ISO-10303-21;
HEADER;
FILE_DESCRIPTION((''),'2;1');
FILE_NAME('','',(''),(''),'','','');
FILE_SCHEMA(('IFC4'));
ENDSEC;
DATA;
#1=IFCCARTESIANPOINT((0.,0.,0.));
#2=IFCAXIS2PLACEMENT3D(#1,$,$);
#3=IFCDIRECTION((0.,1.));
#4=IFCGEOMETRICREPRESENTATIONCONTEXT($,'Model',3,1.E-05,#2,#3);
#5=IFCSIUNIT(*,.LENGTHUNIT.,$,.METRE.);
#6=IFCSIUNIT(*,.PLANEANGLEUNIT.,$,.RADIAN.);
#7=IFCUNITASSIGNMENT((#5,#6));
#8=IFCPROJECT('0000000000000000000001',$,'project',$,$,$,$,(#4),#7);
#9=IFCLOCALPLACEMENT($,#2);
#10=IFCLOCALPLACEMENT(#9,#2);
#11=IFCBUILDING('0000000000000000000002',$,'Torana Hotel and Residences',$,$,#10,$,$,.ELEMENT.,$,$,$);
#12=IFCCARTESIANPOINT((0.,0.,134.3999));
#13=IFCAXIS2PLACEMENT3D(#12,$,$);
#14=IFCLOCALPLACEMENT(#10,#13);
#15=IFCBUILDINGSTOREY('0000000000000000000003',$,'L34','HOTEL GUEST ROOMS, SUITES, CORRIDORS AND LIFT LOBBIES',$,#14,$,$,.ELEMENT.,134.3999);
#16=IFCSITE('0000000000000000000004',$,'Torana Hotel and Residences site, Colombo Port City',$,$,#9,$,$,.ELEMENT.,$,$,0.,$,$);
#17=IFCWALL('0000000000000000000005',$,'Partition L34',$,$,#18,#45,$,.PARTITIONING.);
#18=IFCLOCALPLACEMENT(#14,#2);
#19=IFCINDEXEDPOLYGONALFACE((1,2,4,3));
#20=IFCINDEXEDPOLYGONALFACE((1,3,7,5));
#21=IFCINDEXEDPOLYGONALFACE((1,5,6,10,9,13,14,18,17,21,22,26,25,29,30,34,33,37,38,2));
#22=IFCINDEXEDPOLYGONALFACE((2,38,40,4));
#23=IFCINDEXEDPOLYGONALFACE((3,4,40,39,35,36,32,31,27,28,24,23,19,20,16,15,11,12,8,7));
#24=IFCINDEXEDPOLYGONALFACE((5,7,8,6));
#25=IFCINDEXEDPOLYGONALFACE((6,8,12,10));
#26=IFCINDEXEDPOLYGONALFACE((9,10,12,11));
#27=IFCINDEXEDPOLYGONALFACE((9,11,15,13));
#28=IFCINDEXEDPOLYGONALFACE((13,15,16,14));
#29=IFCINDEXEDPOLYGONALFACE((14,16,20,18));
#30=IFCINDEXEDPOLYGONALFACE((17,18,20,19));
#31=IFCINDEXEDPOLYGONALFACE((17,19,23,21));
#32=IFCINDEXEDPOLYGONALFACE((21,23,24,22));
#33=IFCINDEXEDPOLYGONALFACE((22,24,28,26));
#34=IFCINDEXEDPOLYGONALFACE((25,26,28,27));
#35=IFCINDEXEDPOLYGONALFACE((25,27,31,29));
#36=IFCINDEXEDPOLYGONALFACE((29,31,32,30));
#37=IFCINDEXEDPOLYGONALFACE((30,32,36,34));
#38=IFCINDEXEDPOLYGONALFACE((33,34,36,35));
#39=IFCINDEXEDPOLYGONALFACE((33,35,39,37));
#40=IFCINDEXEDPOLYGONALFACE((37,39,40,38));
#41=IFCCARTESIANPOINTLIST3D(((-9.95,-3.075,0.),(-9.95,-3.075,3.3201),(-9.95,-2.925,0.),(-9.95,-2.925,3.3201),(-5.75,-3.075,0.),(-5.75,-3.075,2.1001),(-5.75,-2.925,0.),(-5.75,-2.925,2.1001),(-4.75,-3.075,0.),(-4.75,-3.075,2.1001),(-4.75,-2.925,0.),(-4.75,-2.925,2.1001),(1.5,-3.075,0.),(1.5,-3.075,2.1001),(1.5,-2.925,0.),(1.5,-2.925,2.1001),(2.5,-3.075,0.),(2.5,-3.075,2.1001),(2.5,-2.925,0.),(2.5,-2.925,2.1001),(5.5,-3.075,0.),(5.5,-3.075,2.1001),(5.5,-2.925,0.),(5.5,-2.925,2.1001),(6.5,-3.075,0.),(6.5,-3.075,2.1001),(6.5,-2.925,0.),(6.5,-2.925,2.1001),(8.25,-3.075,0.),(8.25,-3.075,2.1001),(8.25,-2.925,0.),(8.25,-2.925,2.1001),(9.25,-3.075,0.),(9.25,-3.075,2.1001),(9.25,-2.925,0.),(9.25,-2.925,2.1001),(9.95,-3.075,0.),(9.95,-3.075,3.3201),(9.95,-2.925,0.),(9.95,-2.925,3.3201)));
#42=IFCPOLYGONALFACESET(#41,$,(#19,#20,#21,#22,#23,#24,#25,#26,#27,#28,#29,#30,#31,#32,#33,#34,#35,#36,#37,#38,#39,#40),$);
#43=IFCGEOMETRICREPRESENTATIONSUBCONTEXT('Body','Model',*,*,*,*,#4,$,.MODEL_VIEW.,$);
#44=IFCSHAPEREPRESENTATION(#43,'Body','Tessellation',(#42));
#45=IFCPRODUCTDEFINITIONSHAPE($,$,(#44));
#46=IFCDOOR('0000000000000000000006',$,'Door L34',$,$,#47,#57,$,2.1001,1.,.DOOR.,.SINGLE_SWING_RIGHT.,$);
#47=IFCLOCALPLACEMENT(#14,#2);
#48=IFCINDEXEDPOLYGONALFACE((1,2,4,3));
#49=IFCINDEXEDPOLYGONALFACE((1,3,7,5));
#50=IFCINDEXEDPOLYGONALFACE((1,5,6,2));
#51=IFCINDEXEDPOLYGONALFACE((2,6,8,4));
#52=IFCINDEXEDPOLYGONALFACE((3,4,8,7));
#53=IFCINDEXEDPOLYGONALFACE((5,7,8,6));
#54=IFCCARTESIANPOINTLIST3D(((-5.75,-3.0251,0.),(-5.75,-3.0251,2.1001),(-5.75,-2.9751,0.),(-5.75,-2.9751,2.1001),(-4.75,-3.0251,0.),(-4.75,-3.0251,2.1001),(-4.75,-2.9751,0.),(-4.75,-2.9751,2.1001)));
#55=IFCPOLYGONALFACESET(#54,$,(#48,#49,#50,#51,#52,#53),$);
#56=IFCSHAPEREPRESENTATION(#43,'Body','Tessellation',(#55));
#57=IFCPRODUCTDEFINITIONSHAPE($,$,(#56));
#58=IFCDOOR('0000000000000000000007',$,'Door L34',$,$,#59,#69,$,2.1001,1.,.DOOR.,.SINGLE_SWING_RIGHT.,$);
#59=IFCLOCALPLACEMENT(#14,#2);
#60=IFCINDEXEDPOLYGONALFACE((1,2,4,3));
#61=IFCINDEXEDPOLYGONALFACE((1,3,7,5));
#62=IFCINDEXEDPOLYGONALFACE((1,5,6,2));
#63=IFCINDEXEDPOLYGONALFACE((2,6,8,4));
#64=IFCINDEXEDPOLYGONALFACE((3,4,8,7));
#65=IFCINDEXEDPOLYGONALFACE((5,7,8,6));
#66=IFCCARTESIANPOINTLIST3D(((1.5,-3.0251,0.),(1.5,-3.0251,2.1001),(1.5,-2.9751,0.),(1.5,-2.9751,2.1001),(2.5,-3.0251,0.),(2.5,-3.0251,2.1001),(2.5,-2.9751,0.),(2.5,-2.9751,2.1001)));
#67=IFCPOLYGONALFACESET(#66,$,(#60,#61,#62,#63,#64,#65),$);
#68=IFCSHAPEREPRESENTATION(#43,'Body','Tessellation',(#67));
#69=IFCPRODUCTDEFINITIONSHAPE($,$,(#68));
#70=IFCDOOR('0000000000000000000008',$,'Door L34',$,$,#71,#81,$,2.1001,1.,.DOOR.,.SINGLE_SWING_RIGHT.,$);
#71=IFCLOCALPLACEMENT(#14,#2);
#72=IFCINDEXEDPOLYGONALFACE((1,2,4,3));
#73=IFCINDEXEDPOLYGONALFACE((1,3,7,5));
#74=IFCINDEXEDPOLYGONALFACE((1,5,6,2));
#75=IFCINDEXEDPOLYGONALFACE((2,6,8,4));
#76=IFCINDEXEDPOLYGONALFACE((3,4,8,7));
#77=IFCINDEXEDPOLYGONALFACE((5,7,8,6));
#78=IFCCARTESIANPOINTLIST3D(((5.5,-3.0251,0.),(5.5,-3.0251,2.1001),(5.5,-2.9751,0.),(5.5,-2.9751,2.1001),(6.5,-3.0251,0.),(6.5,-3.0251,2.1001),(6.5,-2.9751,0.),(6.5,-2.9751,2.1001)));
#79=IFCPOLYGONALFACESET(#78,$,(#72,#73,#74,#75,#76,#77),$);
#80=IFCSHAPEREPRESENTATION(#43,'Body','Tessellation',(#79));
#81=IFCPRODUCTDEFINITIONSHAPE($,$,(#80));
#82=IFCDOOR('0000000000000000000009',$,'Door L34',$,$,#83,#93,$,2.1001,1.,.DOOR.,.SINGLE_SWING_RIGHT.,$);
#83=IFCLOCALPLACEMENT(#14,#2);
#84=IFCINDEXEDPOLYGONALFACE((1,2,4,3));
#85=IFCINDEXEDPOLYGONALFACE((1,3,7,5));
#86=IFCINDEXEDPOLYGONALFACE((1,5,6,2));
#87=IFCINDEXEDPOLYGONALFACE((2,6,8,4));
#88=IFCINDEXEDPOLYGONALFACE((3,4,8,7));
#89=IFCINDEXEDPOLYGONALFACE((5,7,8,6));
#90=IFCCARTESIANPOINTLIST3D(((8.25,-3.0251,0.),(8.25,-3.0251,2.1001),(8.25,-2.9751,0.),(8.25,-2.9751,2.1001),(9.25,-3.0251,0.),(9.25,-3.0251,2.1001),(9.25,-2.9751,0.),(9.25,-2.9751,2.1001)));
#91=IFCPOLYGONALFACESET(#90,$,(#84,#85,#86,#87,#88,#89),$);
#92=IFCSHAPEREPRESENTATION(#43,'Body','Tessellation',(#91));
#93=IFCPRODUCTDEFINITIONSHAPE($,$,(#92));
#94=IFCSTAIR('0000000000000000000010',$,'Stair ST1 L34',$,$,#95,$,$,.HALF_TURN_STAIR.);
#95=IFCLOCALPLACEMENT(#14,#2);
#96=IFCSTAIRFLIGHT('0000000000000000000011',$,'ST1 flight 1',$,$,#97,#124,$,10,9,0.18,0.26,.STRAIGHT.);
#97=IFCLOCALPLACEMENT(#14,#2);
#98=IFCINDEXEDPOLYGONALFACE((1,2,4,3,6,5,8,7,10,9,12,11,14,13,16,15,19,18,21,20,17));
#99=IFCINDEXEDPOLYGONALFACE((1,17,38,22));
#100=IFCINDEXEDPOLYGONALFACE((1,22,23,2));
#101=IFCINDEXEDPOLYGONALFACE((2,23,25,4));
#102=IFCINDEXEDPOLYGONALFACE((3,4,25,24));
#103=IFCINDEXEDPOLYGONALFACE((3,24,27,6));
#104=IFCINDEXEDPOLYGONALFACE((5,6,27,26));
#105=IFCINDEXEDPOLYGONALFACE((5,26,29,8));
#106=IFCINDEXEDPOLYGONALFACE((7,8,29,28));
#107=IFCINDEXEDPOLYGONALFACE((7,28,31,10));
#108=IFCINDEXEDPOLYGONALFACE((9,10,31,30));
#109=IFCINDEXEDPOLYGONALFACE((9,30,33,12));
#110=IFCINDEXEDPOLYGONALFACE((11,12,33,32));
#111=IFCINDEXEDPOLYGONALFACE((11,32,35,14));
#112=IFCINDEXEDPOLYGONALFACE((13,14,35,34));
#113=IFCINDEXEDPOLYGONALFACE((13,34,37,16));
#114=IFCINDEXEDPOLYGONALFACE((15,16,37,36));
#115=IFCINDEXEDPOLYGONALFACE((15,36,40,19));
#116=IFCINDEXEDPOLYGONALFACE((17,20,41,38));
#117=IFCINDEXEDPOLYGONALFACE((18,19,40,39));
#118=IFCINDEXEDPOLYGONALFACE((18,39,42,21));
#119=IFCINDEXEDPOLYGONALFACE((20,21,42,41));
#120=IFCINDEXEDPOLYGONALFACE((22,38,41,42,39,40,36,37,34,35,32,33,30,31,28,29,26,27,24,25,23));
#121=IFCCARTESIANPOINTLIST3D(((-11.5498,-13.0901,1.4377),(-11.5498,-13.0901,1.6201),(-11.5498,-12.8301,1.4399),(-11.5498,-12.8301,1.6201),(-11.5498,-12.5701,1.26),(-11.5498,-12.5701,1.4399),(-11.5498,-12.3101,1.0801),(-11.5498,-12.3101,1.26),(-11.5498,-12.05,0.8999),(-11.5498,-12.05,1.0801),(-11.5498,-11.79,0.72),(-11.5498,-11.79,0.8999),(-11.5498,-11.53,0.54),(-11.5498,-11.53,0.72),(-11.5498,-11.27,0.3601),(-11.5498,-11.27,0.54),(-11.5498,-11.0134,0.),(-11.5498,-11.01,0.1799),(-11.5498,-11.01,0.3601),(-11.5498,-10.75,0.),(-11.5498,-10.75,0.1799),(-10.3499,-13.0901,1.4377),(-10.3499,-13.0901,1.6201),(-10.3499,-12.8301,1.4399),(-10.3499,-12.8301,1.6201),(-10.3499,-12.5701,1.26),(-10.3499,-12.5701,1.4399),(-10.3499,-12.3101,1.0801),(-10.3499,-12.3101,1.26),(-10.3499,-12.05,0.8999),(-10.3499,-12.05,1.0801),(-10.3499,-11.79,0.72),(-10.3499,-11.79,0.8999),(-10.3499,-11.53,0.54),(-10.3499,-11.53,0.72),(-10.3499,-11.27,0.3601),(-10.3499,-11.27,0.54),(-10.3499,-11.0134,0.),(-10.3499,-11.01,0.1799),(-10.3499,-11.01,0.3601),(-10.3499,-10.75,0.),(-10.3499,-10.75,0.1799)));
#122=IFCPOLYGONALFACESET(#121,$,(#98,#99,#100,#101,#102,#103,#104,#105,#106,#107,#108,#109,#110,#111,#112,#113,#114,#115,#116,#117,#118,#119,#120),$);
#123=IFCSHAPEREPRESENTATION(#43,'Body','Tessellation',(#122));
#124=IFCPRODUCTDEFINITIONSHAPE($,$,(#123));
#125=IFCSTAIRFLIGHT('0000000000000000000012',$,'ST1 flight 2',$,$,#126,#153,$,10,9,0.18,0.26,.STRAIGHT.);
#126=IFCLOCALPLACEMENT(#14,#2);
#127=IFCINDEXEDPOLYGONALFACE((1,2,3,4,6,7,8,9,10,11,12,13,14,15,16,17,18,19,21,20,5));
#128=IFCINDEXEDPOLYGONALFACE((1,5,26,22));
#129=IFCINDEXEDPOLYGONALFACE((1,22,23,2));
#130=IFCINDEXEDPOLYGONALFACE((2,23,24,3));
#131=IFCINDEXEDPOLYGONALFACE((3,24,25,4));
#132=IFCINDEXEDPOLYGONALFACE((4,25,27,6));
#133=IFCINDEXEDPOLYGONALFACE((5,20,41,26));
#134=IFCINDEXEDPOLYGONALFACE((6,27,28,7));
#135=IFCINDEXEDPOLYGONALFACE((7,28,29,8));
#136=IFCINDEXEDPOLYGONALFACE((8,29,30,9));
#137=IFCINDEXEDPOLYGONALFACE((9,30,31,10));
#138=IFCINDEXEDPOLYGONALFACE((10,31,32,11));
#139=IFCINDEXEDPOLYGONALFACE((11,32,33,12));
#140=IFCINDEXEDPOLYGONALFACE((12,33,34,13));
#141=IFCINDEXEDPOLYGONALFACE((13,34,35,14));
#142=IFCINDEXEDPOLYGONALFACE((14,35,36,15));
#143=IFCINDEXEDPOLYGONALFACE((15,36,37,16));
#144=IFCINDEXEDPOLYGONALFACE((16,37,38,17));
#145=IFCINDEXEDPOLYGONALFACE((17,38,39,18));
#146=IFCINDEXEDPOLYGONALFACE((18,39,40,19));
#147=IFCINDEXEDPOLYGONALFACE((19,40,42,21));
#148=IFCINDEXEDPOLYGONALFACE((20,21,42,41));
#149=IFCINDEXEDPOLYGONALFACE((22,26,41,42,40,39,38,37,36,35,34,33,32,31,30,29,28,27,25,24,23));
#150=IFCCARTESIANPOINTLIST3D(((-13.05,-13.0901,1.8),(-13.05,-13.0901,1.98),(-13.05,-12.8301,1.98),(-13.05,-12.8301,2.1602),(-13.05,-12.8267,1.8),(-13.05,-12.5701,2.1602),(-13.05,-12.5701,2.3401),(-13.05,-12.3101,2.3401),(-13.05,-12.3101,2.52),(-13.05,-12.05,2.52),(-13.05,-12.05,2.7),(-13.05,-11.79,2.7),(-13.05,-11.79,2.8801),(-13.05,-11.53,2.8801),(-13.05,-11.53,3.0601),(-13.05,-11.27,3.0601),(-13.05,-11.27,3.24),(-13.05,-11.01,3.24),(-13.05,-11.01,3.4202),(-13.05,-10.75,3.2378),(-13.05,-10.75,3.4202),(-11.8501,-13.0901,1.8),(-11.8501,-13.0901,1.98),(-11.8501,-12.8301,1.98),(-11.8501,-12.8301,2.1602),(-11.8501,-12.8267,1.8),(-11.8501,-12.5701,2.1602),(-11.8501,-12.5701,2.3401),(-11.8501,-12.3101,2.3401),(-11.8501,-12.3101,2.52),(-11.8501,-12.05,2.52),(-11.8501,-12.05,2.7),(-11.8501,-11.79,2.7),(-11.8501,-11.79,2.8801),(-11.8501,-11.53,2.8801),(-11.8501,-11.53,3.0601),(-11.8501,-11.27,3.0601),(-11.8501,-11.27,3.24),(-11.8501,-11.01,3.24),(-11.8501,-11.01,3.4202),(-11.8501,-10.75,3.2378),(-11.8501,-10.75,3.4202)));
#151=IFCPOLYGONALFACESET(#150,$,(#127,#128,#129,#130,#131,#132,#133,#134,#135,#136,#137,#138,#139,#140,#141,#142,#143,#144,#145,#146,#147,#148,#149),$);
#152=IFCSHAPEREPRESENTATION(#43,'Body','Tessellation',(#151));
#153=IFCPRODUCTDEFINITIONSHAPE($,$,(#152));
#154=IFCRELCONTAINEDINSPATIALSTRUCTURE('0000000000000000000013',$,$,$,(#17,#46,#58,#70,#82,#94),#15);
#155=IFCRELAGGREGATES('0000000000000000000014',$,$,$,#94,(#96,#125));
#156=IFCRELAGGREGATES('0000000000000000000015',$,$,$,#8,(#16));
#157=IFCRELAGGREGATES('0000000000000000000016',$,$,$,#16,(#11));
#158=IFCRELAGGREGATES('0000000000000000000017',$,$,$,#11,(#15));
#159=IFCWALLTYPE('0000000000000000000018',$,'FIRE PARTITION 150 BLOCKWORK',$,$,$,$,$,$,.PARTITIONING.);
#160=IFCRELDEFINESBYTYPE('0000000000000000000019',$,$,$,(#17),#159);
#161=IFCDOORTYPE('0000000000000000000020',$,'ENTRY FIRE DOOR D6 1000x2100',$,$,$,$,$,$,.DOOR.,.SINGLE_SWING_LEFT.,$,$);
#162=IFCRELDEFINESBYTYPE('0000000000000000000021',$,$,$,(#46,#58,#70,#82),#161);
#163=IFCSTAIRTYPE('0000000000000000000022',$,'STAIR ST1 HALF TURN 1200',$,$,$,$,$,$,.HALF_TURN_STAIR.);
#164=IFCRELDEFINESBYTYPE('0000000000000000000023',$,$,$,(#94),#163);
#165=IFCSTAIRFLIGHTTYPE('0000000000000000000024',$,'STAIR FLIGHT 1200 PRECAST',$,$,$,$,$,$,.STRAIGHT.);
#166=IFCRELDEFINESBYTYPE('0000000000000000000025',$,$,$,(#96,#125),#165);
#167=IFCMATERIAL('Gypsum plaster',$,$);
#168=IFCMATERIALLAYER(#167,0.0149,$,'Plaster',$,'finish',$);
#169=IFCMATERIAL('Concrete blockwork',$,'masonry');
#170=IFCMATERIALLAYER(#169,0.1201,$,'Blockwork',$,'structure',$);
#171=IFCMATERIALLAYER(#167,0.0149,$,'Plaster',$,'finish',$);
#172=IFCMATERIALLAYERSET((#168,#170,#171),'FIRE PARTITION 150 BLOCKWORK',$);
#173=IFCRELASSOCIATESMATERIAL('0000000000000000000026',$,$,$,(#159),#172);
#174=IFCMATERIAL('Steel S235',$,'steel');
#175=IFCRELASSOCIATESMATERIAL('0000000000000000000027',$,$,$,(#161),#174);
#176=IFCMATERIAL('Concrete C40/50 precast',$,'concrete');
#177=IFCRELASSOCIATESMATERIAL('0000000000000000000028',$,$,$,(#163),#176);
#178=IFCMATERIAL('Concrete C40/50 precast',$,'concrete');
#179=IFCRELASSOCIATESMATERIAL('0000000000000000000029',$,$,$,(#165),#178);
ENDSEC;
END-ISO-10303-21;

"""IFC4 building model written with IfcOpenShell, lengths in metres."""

from ifc_helpers import new_model, si_unit, direction, frame, frame_2d, origin, place, context, subcontext, project, spatial, polyline, rectangle, outline, extrude, material, layer, layer_set, type_object, element, fill, aggregate, save


model = new_model("IFC4")

# Units and contexts
model_context = context("Model", 3, precision=1e-05, world=origin(), true_north=direction((0.0, 1.0)))
body_context = subcontext(model_context, "Body", "Model", "MODEL_VIEW")
ifc_project = project(units=[si_unit("LENGTHUNIT", "METRE"), si_unit("PLANEANGLEUNIT", "RADIAN")], contexts=[model_context])

# Site, building, storey
site_placement = place(None, origin())
site = spatial("IfcSite", under=ifc_project, at=site_placement, Name="Torana Hotel and Residences site, Colombo Port City", CompositionType="ELEMENT", RefElevation=0.0)
building_placement = place(site_placement, origin())
building = spatial("IfcBuilding", under=site, at=building_placement, Name="Torana Hotel and Residences", CompositionType="ELEMENT")
storey_placement = place(building_placement, frame((0.0, 0.0, 134.3999)))
storey = spatial("IfcBuildingStorey", under=building, at=storey_placement, Name="L34", Description="HOTEL GUEST ROOMS, SUITES, CORRIDORS AND LIFT LOBBIES", CompositionType="ELEMENT", Elevation=134.3999)

# Shared definitions
ifc_material_1 = material(Name="Gypsum plaster")
ifc_layer_1 = layer(ifc_material_1, 0.0149, Name="Plaster", Category="finish")
ifc_material_2 = material(Name="Concrete blockwork", Category="masonry")
ifc_layer_2 = layer(ifc_material_2, 0.1201, Name="Blockwork", Category="structure")
ifc_layer_3 = layer(ifc_material_1, 0.0149, Name="Plaster", Category="finish")
ifc_layer_set_1 = layer_set([ifc_layer_1, ifc_layer_2, ifc_layer_3], Name="FIRE PARTITION 150 BLOCKWORK")
wall_type_1 = type_object("IfcWallType", Name="FIRE PARTITION 150 BLOCKWORK", PredefinedType="PARTITIONING", material=ifc_layer_set_1)

# Wall, openings, doors
ifc_material_3 = material(Name="Steel S235", Category="steel")
door_type_1 = type_object("IfcDoorType", Name="ENTRY FIRE DOOR D6 1000x2100", OperationType="SINGLE_SWING_LEFT", PredefinedType="DOOR", material=ifc_material_3)
wall_1_placement = place(storey_placement, frame((-9.95, -3.0, 0.0), z_axis=(0.0, 0.0, 1.0), x_axis=(1.0, 0.0, 0.0)))
wall_1 = element("IfcWall", 1, at=wall_1_placement, inside=storey, type_object=wall_type_1, Name="Partition L34", PredefinedType="PARTITIONING", context=body_context, shape_type="SweptSolid", body=[
    extrude(rectangle(XDim=19.8999, YDim=0.1499, at=frame_2d((9.95, 0.0))), origin(), (0.0, 0.0, 1.0), 3.3201),
])
opening_1_placement = place(wall_1_placement, frame((4.2, 0.0, 0.0)))
opening_1 = element("IfcOpeningElement", 2, at=opening_1_placement, cuts=wall_1, PredefinedType="OPENING", context=body_context, shape_type="SweptSolid", body=[
    extrude(rectangle(XDim=1.0, YDim=2.1001, at=frame_2d((0.5, 1.05))), frame((0.0, 0.085, 0.0), z_axis=(0.0, -1.0, 0.0), x_axis=(1.0, 0.0, 0.0)), (0.0, 0.0, 1.0), 0.1699),
])
opening_2_placement = place(wall_1_placement, frame((11.45, 0.0, 0.0)))
opening_2 = element("IfcOpeningElement", 3, at=opening_2_placement, cuts=wall_1, PredefinedType="OPENING", context=body_context, shape_type="SweptSolid", body=[
    extrude(rectangle(XDim=1.0, YDim=2.1001, at=frame_2d((0.5, 1.05))), frame((0.0, 0.085, 0.0), z_axis=(0.0, -1.0, 0.0), x_axis=(1.0, 0.0, 0.0)), (0.0, 0.0, 1.0), 0.1699),
])
opening_3_placement = place(wall_1_placement, frame((15.45, 0.0, 0.0)))
opening_3 = element("IfcOpeningElement", 4, at=opening_3_placement, cuts=wall_1, PredefinedType="OPENING", context=body_context, shape_type="SweptSolid", body=[
    extrude(rectangle(XDim=1.0, YDim=2.1001, at=frame_2d((0.5, 1.05))), frame((0.0, 0.085, 0.0), z_axis=(0.0, -1.0, 0.0), x_axis=(1.0, 0.0, 0.0)), (0.0, 0.0, 1.0), 0.1699),
])
opening_4_placement = place(wall_1_placement, frame((18.2, 0.0, 0.0)))
opening_4 = element("IfcOpeningElement", 5, at=opening_4_placement, cuts=wall_1, PredefinedType="OPENING", context=body_context, shape_type="SweptSolid", body=[
    extrude(rectangle(XDim=1.0, YDim=2.1001, at=frame_2d((0.5, 1.05))), frame((0.0, 0.085, 0.0), z_axis=(0.0, -1.0, 0.0), x_axis=(1.0, 0.0, 0.0)), (0.0, 0.0, 1.0), 0.1699),
])
door_1_placement = place(opening_1_placement, origin())
door_1 = element("IfcDoor", 6, at=door_1_placement, inside=storey, type_object=door_type_1, Name="Door L34", OperationType="SINGLE_SWING_RIGHT", OverallHeight=2.1001, OverallWidth=1.0, PredefinedType="DOOR", context=body_context, shape_type="SweptSolid", body=[
    extrude(rectangle(XDim=1.0, YDim=2.1001, at=frame_2d((0.5, 1.05))), frame((0.0, 0.0249, 0.0), z_axis=(0.0, -1.0, 0.0), x_axis=(1.0, 0.0, 0.0)), (0.0, 0.0, 1.0), 0.05),
])
fill(opening_1, door_1)
door_2_placement = place(opening_2_placement, origin())
door_2 = element("IfcDoor", 7, at=door_2_placement, inside=storey, type_object=door_type_1, Name="Door L34", OperationType="SINGLE_SWING_RIGHT", OverallHeight=2.1001, OverallWidth=1.0, PredefinedType="DOOR", context=body_context, shape_type="SweptSolid", body=[
    extrude(rectangle(XDim=1.0, YDim=2.1001, at=frame_2d((0.5, 1.05))), frame((0.0, 0.0249, 0.0), z_axis=(0.0, -1.0, 0.0), x_axis=(1.0, 0.0, 0.0)), (0.0, 0.0, 1.0), 0.05),
])
fill(opening_2, door_2)
door_3_placement = place(opening_3_placement, origin())
door_3 = element("IfcDoor", 8, at=door_3_placement, inside=storey, type_object=door_type_1, Name="Door L34", OperationType="SINGLE_SWING_RIGHT", OverallHeight=2.1001, OverallWidth=1.0, PredefinedType="DOOR", context=body_context, shape_type="SweptSolid", body=[
    extrude(rectangle(XDim=1.0, YDim=2.1001, at=frame_2d((0.5, 1.05))), frame((0.0, 0.0249, 0.0), z_axis=(0.0, -1.0, 0.0), x_axis=(1.0, 0.0, 0.0)), (0.0, 0.0, 1.0), 0.05),
])
fill(opening_3, door_3)
door_4_placement = place(opening_4_placement, origin())
door_4 = element("IfcDoor", 9, at=door_4_placement, inside=storey, type_object=door_type_1, Name="Door L34", OperationType="SINGLE_SWING_RIGHT", OverallHeight=2.1001, OverallWidth=1.0, PredefinedType="DOOR", context=body_context, shape_type="SweptSolid", body=[
    extrude(rectangle(XDim=1.0, YDim=2.1001, at=frame_2d((0.5, 1.05))), frame((0.0, 0.0249, 0.0), z_axis=(0.0, -1.0, 0.0), x_axis=(1.0, 0.0, 0.0)), (0.0, 0.0, 1.0), 0.05),
])
fill(opening_4, door_4)

# Stair, stair flights
ifc_material_4 = material(Name="Concrete C40/50 precast", Category="concrete")
stair_type = type_object("IfcStairType", Name="STAIR ST1 HALF TURN 1200", PredefinedType="HALF_TURN_STAIR", material=ifc_material_4)
stair_placement = place(storey_placement, origin())
stair = element("IfcStair", 10, at=stair_placement, inside=storey, type_object=stair_type, Name="Stair ST1 L34", PredefinedType="HALF_TURN_STAIR")
ifc_material_5 = material(Name="Concrete C40/50 precast", Category="concrete")
stair_flight_type = type_object("IfcStairFlightType", Name="STAIR FLIGHT 1200 PRECAST", PredefinedType="STRAIGHT", material=ifc_material_5)
stair_flight_1_placement = place(storey_placement, frame((-10.95, -10.75, 0.0), z_axis=(0.0, 0.0, 1.0), x_axis=(0.0, -1.0, 0.0)))
stair_flight_1 = element("IfcStairFlight", 11, at=stair_flight_1_placement, type_object=stair_flight_type, Name="ST1 flight 1", NumberOfRisers=10, NumberOfTreads=9, PredefinedType="STRAIGHT", RiserHeight=0.18, TreadLength=0.26, context=body_context, shape_type="SweptSolid", body=[
    extrude(outline(polyline([(0.0, 0.0), (0.0, 0.1799), (0.26, 0.1799), (0.26, 0.3601), (0.52, 0.3601), (0.52, 0.54), (0.78, 0.54), (0.78, 0.72), (1.04, 0.72), (1.04, 0.8999), (1.3, 0.8999), (1.3, 1.0801), (1.5601, 1.0801), (1.5601, 1.26), (1.8201, 1.26), (1.8201, 1.4399), (2.0801, 1.4399), (2.0801, 1.6201), (2.3401, 1.6201), (2.3401, 1.8), (2.3401, 1.4377), (0.2634, 0.0), (0.0, 0.0)])), frame((0.0, 0.6001, 0.0), z_axis=(0.0, -1.0, 0.0), x_axis=(1.0, 0.0, 0.0)), (0.0, 0.0, 1.0), 1.2),
])
stair_flight_2_placement = place(storey_placement, frame((-12.45, -13.0901, 1.8), z_axis=(0.0, 0.0, 1.0), x_axis=(0.0, 1.0, 0.0)))
stair_flight_2 = element("IfcStairFlight", 12, at=stair_flight_2_placement, type_object=stair_flight_type, Name="ST1 flight 2", NumberOfRisers=10, NumberOfTreads=9, PredefinedType="STRAIGHT", RiserHeight=0.18, TreadLength=0.26, context=body_context, shape_type="SweptSolid", body=[
    extrude(outline(polyline([(0.0, 0.0), (0.0, 0.1799), (0.26, 0.1799), (0.26, 0.3601), (0.52, 0.3601), (0.52, 0.54), (0.78, 0.54), (0.78, 0.72), (1.04, 0.72), (1.04, 0.8999), (1.3, 0.8999), (1.3, 1.0801), (1.5601, 1.0801), (1.5601, 1.26), (1.8201, 1.26), (1.8201, 1.4399), (2.0801, 1.4399), (2.0801, 1.6201), (2.3401, 1.6201), (2.3401, 1.8), (2.3401, 1.4377), (0.2634, 0.0), (0.0, 0.0)])), frame((0.0, 0.6001, 0.0), z_axis=(0.0, -1.0, 0.0), x_axis=(1.0, 0.0, 0.0)), (0.0, 0.0, 1.0), 1.2),
])
aggregate(stair, [stair_flight_1, stair_flight_2])

save(model, "model.ifc")
